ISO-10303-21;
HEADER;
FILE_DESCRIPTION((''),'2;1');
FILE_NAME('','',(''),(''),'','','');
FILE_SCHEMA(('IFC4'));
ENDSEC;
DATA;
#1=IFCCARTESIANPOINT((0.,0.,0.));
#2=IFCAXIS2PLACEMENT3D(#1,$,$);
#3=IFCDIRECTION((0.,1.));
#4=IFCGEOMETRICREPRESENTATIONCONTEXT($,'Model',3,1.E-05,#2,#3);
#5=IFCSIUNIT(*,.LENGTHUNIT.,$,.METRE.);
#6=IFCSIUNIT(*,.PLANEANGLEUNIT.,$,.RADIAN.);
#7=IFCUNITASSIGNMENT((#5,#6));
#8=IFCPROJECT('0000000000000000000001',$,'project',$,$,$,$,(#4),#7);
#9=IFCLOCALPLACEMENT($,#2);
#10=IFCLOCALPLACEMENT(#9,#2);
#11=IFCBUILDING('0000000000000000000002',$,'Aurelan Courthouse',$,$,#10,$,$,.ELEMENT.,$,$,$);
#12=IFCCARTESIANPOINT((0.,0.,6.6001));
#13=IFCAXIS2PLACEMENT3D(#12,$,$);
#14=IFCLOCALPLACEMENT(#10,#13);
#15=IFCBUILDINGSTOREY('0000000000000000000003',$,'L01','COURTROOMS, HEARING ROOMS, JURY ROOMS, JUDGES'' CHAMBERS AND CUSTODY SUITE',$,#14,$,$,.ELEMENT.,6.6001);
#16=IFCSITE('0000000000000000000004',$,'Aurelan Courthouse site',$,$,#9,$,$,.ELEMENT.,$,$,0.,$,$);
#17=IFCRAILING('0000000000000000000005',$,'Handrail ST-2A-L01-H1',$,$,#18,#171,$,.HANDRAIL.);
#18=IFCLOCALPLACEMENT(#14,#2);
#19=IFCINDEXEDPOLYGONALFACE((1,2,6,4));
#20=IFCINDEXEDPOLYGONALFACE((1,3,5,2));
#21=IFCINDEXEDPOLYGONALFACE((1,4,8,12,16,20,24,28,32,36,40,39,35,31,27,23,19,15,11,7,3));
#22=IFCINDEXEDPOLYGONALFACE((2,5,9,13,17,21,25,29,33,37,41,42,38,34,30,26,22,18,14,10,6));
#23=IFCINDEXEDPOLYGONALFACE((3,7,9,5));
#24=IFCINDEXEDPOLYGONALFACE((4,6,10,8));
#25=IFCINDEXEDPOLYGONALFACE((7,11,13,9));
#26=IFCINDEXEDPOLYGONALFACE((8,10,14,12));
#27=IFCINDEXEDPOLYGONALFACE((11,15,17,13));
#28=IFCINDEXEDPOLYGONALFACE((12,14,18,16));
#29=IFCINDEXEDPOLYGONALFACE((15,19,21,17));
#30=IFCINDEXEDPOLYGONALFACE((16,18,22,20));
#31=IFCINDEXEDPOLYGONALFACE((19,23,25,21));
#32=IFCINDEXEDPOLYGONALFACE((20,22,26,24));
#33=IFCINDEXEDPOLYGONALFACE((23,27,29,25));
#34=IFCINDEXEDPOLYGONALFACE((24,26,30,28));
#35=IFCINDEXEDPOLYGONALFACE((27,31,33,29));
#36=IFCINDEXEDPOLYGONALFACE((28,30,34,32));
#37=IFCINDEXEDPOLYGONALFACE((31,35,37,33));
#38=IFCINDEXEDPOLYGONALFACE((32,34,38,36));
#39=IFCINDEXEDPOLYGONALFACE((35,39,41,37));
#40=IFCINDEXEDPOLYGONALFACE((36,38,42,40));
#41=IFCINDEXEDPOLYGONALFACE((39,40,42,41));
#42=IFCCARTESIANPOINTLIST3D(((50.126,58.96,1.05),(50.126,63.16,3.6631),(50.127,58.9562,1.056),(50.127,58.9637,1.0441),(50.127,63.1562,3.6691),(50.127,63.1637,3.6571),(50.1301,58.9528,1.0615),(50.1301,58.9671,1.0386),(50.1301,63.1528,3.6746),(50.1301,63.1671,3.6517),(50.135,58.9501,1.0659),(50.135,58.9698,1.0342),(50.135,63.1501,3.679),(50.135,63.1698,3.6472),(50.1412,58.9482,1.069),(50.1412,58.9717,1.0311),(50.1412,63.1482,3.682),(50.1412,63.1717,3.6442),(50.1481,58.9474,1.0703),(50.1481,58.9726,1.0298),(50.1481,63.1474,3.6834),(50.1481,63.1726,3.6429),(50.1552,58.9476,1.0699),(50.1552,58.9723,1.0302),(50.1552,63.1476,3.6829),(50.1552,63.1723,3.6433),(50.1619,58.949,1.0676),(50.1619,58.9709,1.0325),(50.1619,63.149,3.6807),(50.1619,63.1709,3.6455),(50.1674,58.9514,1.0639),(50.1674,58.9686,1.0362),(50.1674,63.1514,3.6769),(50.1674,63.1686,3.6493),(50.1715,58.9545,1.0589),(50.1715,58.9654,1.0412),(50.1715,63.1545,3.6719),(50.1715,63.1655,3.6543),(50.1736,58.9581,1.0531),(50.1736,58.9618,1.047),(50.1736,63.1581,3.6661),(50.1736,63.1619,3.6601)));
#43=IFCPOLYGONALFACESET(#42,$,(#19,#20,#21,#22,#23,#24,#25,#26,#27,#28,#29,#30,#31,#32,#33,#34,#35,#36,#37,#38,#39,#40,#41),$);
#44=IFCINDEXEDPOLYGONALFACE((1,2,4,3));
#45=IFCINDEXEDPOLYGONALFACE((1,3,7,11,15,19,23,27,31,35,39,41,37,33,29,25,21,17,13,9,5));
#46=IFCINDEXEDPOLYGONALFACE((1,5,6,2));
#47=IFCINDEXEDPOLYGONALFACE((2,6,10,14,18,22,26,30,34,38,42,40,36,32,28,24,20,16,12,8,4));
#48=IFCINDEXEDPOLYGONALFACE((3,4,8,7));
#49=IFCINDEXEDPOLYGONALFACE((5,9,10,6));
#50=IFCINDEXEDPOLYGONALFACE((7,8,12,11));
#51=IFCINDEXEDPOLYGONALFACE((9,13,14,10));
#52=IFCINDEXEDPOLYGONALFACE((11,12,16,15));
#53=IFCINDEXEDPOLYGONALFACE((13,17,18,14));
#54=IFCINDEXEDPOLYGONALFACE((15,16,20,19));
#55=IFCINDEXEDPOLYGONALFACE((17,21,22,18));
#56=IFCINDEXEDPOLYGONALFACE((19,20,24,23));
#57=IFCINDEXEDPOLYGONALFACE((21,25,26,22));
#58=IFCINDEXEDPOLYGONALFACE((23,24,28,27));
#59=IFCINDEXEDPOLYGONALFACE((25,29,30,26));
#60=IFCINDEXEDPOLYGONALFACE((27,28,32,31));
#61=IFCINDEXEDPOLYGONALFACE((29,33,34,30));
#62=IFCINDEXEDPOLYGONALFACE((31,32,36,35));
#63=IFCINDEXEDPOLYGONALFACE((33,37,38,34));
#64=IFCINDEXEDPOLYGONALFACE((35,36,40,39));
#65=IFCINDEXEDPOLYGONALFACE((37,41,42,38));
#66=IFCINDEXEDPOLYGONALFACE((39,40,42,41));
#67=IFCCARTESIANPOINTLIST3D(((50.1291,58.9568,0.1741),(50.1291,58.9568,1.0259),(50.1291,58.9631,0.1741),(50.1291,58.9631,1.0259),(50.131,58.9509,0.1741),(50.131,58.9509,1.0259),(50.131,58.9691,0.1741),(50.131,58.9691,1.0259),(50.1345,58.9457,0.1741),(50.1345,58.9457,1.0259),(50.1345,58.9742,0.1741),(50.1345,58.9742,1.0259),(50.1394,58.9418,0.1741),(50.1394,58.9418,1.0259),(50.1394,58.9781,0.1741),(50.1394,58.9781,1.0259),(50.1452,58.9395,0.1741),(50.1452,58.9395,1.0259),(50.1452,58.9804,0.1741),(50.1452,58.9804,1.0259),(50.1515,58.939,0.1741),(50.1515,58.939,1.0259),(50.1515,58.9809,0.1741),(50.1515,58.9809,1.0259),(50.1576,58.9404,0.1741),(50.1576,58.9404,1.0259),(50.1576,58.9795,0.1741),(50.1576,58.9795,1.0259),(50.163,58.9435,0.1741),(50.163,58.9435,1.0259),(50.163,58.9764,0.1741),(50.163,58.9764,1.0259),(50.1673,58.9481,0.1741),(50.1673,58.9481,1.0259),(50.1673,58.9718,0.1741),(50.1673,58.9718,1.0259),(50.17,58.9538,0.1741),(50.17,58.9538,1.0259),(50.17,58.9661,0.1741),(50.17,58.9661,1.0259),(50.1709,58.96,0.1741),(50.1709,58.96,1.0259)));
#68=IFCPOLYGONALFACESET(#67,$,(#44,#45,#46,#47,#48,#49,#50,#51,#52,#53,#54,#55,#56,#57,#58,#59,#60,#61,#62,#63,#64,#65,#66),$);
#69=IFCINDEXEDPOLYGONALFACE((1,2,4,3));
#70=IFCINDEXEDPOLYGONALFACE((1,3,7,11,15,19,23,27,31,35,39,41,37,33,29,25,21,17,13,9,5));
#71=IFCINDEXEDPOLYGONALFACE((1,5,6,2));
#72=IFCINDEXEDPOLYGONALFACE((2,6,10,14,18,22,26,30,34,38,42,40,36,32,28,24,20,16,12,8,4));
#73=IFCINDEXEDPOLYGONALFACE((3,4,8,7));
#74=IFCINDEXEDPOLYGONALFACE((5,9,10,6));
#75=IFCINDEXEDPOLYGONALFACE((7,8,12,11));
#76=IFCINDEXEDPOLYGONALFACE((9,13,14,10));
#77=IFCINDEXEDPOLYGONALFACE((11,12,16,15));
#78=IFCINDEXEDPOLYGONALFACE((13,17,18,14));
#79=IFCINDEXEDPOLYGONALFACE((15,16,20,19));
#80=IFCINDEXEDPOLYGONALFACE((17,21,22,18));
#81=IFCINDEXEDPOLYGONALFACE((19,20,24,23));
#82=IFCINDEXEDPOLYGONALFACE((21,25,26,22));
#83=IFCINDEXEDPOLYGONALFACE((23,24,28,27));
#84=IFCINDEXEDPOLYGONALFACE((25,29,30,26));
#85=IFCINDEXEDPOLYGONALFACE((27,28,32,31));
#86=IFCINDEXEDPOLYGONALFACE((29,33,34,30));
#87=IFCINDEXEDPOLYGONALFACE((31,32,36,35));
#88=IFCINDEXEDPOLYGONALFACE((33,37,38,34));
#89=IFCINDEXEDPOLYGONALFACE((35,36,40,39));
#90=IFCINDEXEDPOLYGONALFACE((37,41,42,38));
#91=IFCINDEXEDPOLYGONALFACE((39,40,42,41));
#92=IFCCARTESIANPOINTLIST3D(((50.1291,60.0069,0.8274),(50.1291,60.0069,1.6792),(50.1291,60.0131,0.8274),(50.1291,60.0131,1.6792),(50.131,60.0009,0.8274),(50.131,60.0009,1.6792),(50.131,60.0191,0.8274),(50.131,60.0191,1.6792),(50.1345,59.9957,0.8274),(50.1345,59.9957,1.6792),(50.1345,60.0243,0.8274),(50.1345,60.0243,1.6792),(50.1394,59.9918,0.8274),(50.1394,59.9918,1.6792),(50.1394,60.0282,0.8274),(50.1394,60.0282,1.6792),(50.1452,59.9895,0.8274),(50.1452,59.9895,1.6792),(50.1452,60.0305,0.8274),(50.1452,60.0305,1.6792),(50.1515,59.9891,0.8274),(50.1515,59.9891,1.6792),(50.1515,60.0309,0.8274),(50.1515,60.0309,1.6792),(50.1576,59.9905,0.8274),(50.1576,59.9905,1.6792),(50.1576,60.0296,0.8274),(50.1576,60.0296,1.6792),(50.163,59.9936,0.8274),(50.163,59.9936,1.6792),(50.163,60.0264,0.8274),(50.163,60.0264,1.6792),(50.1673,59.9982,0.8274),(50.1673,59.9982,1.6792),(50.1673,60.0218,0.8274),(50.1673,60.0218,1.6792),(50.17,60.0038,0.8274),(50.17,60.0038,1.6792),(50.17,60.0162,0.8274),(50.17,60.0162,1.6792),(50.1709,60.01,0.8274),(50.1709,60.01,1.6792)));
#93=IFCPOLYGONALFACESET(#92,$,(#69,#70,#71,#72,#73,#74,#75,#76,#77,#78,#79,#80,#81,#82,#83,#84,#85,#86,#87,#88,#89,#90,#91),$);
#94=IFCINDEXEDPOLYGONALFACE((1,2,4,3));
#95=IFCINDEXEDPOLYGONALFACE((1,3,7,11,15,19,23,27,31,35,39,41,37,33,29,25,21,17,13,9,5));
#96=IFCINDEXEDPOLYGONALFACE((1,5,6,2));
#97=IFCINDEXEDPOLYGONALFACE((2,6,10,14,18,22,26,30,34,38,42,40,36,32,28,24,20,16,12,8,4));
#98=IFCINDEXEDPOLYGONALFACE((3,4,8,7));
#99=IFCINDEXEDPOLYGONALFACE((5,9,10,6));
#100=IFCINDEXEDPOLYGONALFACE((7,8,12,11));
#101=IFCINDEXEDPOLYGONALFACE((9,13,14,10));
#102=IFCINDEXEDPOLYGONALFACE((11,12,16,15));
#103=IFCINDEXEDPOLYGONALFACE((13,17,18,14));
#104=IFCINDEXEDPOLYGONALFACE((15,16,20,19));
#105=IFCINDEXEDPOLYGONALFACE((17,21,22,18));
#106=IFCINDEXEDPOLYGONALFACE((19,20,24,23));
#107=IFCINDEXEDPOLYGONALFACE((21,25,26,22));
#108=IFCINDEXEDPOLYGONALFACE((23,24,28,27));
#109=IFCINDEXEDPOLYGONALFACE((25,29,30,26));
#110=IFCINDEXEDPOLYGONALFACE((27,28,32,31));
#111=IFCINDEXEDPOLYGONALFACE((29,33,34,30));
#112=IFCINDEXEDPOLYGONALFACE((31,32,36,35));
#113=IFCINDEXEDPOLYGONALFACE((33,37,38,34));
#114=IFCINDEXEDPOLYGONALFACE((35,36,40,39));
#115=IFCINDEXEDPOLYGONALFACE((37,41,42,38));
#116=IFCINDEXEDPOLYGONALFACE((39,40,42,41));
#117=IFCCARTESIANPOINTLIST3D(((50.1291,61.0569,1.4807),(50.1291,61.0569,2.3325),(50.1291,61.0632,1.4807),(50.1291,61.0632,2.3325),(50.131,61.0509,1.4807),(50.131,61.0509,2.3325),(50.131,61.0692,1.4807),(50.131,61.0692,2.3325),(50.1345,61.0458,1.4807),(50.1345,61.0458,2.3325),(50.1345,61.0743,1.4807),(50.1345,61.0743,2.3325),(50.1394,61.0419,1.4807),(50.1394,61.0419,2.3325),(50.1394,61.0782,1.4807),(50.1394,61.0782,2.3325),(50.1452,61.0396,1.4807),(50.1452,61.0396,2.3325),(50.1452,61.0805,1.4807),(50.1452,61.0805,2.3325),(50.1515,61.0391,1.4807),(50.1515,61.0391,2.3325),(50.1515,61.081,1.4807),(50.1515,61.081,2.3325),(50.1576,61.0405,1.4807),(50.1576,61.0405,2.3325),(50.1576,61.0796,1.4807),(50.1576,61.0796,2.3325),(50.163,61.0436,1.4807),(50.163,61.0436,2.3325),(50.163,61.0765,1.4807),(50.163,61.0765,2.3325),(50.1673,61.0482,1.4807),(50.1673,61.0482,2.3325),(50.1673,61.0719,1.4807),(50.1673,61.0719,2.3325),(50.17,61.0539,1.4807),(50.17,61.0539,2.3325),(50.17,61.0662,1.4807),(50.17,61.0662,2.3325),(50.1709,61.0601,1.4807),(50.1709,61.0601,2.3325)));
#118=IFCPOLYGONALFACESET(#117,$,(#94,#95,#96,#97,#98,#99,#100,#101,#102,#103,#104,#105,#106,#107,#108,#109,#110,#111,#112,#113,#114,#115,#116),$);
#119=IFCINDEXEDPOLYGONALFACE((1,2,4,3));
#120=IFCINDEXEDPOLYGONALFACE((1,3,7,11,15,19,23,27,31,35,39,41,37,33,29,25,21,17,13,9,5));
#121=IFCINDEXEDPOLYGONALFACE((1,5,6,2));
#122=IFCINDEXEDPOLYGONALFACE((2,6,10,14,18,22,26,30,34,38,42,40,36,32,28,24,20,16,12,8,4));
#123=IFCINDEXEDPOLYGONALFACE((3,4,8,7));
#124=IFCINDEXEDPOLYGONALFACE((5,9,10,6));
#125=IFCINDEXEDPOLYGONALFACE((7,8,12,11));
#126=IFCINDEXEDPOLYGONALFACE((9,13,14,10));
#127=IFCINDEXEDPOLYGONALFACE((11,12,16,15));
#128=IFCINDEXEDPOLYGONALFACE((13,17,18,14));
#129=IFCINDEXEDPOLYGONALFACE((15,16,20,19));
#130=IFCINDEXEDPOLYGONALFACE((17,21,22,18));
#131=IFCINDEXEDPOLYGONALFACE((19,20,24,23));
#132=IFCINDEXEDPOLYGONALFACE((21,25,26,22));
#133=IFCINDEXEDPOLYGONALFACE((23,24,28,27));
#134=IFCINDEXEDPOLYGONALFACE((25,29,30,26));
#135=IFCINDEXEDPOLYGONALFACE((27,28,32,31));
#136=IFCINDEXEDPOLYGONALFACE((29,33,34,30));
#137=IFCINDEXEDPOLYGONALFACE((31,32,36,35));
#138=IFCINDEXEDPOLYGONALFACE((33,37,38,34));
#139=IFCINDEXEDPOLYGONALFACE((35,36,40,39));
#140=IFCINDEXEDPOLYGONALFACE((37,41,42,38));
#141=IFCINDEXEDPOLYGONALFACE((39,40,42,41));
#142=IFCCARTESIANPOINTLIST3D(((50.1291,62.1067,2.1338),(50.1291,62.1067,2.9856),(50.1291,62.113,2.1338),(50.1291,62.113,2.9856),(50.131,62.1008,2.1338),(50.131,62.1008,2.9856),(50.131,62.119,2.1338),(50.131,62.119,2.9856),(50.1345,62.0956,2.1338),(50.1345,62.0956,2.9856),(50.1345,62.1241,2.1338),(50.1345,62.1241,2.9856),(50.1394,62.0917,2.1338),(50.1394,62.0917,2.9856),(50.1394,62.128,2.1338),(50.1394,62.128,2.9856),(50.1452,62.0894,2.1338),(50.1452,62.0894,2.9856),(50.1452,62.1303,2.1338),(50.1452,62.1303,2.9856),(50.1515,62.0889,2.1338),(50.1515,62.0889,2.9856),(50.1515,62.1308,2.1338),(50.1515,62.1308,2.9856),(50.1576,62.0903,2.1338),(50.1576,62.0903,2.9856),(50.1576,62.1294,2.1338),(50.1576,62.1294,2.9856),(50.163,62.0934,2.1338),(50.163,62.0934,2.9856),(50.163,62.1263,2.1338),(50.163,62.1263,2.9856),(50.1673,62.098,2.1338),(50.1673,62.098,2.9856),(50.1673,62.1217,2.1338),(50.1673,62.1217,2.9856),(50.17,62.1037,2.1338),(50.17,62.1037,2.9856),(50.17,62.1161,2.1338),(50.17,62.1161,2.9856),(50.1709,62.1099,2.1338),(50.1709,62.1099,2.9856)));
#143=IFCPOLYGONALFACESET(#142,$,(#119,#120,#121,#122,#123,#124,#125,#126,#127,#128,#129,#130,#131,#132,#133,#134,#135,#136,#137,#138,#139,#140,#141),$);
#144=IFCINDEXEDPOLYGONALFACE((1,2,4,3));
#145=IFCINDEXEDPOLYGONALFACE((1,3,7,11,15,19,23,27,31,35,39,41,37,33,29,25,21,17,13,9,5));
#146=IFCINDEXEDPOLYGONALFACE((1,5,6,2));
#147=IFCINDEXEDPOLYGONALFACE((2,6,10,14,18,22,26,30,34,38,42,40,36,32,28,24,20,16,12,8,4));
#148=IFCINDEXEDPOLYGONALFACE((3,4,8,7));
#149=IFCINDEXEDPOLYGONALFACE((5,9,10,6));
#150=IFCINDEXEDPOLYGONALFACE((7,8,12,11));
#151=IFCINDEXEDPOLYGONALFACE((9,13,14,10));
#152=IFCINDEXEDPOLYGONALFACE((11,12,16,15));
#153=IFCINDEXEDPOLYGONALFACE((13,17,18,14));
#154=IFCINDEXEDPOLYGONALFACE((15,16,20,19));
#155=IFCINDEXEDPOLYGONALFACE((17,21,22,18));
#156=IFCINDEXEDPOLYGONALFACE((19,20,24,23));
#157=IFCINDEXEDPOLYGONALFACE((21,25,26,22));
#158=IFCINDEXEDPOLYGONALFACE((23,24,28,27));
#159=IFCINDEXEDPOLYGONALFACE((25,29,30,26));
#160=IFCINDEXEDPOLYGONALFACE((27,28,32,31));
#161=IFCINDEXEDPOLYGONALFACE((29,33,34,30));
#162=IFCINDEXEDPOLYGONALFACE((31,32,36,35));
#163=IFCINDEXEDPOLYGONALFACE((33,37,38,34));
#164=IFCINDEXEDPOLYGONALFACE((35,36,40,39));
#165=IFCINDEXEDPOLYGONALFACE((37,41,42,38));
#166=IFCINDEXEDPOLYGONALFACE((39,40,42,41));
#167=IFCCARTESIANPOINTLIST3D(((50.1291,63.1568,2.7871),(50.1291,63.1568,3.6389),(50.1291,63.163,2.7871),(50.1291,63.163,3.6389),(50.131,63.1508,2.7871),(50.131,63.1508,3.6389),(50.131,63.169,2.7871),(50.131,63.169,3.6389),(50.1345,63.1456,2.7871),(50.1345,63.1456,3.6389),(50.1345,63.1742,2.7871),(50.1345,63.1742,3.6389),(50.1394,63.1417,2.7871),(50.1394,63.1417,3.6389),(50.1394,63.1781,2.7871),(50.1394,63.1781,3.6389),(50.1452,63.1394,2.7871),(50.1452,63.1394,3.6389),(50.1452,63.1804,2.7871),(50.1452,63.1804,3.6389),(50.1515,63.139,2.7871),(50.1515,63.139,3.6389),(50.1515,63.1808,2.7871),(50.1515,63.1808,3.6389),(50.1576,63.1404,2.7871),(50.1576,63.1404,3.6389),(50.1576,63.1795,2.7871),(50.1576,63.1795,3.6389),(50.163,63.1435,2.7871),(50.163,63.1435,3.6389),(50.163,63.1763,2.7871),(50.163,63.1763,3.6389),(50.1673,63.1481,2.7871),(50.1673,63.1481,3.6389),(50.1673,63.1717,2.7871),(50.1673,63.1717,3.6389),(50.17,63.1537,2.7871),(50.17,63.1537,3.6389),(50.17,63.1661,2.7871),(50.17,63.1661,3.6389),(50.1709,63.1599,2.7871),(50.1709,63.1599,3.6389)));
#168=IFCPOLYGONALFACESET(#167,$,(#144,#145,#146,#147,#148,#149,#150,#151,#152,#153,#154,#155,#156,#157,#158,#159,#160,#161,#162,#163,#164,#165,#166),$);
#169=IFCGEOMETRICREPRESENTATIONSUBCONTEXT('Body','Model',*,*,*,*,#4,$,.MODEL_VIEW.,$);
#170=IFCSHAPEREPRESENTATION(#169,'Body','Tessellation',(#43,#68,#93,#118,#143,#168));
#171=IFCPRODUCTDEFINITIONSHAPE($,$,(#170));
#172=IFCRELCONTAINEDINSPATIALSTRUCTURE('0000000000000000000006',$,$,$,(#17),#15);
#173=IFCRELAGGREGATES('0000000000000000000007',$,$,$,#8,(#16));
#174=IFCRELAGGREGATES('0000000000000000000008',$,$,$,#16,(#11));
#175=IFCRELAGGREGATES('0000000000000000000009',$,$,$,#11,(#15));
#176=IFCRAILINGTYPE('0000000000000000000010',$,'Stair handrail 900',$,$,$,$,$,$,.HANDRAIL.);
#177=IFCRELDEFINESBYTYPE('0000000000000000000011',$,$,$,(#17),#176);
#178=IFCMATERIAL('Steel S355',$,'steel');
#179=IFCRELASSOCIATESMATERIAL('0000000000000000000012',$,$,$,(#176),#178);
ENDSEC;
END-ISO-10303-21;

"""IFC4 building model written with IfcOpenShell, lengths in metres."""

from ifc_helpers import new_model, si_unit, direction, frame, origin, origin_2d, place, context, subcontext, project, spatial, circle, extrude, material, type_object, element, save


model = new_model("IFC4")

# Units and contexts
model_context = context("Model", 3, precision=1e-05, world=origin(), true_north=direction((0.0, 1.0)))
body_context = subcontext(model_context, "Body", "Model", "MODEL_VIEW")
ifc_project = project(units=[si_unit("LENGTHUNIT", "METRE"), si_unit("PLANEANGLEUNIT", "RADIAN")], contexts=[model_context])

# Site, building, storey
site_placement = place(None, origin())
site = spatial("IfcSite", under=ifc_project, at=site_placement, Name="Aurelan Courthouse site", CompositionType="ELEMENT", RefElevation=0.0)
building_placement = place(site_placement, origin())
building = spatial("IfcBuilding", under=site, at=building_placement, Name="Aurelan Courthouse", CompositionType="ELEMENT")
storey_placement = place(building_placement, frame((0.0, 0.0, 6.6001)))
storey = spatial("IfcBuildingStorey", under=building, at=storey_placement, Name="L01", Description="COURTROOMS, HEARING ROOMS, JURY ROOMS, JUDGES' CHAMBERS AND CUSTODY SUITE", CompositionType="ELEMENT", Elevation=6.6001)

# Railing
ifc_material_1 = material(Name="Steel S355", Category="steel")
railing_type = type_object("IfcRailingType", Name="Stair handrail 900", PredefinedType="HANDRAIL", material=ifc_material_1)
railing_placement = place(storey_placement, frame((50.1499, 58.96, 0.1741)))
element("IfcRailing", 1, at=railing_placement, inside=storey, type_object=railing_type, Name="Handrail ST-2A-L01-H1", PredefinedType="HANDRAIL", context=body_context, shape_type="SweptSolid", body=[
    extrude(circle(Radius=0.0239, at=origin_2d()), frame((0.0, 0.0, 0.876), z_axis=(0.0, 0.849081, 0.528263), x_axis=(-1.0, 0.0, 0.0)), (0.0, 0.0, 1.0), 4.9465),
    extrude(circle(Radius=0.021, at=origin_2d()), origin(), (0.0, 0.0, 1.0), 0.8518),
    extrude(circle(Radius=0.021, at=origin_2d()), frame((0.0, 1.05, 0.6533)), (0.0, 0.0, 1.0), 0.8518),
    extrude(circle(Radius=0.021, at=origin_2d()), frame((0.0, 2.1001, 1.3066)), (0.0, 0.0, 1.0), 0.8518),
    extrude(circle(Radius=0.021, at=origin_2d()), frame((0.0, 3.1499, 1.9597)), (0.0, 0.0, 1.0), 0.8518),
    extrude(circle(Radius=0.021, at=origin_2d()), frame((0.0, 4.2, 2.613)), (0.0, 0.0, 1.0), 0.8518),
])

save(model, "model.ifc")
